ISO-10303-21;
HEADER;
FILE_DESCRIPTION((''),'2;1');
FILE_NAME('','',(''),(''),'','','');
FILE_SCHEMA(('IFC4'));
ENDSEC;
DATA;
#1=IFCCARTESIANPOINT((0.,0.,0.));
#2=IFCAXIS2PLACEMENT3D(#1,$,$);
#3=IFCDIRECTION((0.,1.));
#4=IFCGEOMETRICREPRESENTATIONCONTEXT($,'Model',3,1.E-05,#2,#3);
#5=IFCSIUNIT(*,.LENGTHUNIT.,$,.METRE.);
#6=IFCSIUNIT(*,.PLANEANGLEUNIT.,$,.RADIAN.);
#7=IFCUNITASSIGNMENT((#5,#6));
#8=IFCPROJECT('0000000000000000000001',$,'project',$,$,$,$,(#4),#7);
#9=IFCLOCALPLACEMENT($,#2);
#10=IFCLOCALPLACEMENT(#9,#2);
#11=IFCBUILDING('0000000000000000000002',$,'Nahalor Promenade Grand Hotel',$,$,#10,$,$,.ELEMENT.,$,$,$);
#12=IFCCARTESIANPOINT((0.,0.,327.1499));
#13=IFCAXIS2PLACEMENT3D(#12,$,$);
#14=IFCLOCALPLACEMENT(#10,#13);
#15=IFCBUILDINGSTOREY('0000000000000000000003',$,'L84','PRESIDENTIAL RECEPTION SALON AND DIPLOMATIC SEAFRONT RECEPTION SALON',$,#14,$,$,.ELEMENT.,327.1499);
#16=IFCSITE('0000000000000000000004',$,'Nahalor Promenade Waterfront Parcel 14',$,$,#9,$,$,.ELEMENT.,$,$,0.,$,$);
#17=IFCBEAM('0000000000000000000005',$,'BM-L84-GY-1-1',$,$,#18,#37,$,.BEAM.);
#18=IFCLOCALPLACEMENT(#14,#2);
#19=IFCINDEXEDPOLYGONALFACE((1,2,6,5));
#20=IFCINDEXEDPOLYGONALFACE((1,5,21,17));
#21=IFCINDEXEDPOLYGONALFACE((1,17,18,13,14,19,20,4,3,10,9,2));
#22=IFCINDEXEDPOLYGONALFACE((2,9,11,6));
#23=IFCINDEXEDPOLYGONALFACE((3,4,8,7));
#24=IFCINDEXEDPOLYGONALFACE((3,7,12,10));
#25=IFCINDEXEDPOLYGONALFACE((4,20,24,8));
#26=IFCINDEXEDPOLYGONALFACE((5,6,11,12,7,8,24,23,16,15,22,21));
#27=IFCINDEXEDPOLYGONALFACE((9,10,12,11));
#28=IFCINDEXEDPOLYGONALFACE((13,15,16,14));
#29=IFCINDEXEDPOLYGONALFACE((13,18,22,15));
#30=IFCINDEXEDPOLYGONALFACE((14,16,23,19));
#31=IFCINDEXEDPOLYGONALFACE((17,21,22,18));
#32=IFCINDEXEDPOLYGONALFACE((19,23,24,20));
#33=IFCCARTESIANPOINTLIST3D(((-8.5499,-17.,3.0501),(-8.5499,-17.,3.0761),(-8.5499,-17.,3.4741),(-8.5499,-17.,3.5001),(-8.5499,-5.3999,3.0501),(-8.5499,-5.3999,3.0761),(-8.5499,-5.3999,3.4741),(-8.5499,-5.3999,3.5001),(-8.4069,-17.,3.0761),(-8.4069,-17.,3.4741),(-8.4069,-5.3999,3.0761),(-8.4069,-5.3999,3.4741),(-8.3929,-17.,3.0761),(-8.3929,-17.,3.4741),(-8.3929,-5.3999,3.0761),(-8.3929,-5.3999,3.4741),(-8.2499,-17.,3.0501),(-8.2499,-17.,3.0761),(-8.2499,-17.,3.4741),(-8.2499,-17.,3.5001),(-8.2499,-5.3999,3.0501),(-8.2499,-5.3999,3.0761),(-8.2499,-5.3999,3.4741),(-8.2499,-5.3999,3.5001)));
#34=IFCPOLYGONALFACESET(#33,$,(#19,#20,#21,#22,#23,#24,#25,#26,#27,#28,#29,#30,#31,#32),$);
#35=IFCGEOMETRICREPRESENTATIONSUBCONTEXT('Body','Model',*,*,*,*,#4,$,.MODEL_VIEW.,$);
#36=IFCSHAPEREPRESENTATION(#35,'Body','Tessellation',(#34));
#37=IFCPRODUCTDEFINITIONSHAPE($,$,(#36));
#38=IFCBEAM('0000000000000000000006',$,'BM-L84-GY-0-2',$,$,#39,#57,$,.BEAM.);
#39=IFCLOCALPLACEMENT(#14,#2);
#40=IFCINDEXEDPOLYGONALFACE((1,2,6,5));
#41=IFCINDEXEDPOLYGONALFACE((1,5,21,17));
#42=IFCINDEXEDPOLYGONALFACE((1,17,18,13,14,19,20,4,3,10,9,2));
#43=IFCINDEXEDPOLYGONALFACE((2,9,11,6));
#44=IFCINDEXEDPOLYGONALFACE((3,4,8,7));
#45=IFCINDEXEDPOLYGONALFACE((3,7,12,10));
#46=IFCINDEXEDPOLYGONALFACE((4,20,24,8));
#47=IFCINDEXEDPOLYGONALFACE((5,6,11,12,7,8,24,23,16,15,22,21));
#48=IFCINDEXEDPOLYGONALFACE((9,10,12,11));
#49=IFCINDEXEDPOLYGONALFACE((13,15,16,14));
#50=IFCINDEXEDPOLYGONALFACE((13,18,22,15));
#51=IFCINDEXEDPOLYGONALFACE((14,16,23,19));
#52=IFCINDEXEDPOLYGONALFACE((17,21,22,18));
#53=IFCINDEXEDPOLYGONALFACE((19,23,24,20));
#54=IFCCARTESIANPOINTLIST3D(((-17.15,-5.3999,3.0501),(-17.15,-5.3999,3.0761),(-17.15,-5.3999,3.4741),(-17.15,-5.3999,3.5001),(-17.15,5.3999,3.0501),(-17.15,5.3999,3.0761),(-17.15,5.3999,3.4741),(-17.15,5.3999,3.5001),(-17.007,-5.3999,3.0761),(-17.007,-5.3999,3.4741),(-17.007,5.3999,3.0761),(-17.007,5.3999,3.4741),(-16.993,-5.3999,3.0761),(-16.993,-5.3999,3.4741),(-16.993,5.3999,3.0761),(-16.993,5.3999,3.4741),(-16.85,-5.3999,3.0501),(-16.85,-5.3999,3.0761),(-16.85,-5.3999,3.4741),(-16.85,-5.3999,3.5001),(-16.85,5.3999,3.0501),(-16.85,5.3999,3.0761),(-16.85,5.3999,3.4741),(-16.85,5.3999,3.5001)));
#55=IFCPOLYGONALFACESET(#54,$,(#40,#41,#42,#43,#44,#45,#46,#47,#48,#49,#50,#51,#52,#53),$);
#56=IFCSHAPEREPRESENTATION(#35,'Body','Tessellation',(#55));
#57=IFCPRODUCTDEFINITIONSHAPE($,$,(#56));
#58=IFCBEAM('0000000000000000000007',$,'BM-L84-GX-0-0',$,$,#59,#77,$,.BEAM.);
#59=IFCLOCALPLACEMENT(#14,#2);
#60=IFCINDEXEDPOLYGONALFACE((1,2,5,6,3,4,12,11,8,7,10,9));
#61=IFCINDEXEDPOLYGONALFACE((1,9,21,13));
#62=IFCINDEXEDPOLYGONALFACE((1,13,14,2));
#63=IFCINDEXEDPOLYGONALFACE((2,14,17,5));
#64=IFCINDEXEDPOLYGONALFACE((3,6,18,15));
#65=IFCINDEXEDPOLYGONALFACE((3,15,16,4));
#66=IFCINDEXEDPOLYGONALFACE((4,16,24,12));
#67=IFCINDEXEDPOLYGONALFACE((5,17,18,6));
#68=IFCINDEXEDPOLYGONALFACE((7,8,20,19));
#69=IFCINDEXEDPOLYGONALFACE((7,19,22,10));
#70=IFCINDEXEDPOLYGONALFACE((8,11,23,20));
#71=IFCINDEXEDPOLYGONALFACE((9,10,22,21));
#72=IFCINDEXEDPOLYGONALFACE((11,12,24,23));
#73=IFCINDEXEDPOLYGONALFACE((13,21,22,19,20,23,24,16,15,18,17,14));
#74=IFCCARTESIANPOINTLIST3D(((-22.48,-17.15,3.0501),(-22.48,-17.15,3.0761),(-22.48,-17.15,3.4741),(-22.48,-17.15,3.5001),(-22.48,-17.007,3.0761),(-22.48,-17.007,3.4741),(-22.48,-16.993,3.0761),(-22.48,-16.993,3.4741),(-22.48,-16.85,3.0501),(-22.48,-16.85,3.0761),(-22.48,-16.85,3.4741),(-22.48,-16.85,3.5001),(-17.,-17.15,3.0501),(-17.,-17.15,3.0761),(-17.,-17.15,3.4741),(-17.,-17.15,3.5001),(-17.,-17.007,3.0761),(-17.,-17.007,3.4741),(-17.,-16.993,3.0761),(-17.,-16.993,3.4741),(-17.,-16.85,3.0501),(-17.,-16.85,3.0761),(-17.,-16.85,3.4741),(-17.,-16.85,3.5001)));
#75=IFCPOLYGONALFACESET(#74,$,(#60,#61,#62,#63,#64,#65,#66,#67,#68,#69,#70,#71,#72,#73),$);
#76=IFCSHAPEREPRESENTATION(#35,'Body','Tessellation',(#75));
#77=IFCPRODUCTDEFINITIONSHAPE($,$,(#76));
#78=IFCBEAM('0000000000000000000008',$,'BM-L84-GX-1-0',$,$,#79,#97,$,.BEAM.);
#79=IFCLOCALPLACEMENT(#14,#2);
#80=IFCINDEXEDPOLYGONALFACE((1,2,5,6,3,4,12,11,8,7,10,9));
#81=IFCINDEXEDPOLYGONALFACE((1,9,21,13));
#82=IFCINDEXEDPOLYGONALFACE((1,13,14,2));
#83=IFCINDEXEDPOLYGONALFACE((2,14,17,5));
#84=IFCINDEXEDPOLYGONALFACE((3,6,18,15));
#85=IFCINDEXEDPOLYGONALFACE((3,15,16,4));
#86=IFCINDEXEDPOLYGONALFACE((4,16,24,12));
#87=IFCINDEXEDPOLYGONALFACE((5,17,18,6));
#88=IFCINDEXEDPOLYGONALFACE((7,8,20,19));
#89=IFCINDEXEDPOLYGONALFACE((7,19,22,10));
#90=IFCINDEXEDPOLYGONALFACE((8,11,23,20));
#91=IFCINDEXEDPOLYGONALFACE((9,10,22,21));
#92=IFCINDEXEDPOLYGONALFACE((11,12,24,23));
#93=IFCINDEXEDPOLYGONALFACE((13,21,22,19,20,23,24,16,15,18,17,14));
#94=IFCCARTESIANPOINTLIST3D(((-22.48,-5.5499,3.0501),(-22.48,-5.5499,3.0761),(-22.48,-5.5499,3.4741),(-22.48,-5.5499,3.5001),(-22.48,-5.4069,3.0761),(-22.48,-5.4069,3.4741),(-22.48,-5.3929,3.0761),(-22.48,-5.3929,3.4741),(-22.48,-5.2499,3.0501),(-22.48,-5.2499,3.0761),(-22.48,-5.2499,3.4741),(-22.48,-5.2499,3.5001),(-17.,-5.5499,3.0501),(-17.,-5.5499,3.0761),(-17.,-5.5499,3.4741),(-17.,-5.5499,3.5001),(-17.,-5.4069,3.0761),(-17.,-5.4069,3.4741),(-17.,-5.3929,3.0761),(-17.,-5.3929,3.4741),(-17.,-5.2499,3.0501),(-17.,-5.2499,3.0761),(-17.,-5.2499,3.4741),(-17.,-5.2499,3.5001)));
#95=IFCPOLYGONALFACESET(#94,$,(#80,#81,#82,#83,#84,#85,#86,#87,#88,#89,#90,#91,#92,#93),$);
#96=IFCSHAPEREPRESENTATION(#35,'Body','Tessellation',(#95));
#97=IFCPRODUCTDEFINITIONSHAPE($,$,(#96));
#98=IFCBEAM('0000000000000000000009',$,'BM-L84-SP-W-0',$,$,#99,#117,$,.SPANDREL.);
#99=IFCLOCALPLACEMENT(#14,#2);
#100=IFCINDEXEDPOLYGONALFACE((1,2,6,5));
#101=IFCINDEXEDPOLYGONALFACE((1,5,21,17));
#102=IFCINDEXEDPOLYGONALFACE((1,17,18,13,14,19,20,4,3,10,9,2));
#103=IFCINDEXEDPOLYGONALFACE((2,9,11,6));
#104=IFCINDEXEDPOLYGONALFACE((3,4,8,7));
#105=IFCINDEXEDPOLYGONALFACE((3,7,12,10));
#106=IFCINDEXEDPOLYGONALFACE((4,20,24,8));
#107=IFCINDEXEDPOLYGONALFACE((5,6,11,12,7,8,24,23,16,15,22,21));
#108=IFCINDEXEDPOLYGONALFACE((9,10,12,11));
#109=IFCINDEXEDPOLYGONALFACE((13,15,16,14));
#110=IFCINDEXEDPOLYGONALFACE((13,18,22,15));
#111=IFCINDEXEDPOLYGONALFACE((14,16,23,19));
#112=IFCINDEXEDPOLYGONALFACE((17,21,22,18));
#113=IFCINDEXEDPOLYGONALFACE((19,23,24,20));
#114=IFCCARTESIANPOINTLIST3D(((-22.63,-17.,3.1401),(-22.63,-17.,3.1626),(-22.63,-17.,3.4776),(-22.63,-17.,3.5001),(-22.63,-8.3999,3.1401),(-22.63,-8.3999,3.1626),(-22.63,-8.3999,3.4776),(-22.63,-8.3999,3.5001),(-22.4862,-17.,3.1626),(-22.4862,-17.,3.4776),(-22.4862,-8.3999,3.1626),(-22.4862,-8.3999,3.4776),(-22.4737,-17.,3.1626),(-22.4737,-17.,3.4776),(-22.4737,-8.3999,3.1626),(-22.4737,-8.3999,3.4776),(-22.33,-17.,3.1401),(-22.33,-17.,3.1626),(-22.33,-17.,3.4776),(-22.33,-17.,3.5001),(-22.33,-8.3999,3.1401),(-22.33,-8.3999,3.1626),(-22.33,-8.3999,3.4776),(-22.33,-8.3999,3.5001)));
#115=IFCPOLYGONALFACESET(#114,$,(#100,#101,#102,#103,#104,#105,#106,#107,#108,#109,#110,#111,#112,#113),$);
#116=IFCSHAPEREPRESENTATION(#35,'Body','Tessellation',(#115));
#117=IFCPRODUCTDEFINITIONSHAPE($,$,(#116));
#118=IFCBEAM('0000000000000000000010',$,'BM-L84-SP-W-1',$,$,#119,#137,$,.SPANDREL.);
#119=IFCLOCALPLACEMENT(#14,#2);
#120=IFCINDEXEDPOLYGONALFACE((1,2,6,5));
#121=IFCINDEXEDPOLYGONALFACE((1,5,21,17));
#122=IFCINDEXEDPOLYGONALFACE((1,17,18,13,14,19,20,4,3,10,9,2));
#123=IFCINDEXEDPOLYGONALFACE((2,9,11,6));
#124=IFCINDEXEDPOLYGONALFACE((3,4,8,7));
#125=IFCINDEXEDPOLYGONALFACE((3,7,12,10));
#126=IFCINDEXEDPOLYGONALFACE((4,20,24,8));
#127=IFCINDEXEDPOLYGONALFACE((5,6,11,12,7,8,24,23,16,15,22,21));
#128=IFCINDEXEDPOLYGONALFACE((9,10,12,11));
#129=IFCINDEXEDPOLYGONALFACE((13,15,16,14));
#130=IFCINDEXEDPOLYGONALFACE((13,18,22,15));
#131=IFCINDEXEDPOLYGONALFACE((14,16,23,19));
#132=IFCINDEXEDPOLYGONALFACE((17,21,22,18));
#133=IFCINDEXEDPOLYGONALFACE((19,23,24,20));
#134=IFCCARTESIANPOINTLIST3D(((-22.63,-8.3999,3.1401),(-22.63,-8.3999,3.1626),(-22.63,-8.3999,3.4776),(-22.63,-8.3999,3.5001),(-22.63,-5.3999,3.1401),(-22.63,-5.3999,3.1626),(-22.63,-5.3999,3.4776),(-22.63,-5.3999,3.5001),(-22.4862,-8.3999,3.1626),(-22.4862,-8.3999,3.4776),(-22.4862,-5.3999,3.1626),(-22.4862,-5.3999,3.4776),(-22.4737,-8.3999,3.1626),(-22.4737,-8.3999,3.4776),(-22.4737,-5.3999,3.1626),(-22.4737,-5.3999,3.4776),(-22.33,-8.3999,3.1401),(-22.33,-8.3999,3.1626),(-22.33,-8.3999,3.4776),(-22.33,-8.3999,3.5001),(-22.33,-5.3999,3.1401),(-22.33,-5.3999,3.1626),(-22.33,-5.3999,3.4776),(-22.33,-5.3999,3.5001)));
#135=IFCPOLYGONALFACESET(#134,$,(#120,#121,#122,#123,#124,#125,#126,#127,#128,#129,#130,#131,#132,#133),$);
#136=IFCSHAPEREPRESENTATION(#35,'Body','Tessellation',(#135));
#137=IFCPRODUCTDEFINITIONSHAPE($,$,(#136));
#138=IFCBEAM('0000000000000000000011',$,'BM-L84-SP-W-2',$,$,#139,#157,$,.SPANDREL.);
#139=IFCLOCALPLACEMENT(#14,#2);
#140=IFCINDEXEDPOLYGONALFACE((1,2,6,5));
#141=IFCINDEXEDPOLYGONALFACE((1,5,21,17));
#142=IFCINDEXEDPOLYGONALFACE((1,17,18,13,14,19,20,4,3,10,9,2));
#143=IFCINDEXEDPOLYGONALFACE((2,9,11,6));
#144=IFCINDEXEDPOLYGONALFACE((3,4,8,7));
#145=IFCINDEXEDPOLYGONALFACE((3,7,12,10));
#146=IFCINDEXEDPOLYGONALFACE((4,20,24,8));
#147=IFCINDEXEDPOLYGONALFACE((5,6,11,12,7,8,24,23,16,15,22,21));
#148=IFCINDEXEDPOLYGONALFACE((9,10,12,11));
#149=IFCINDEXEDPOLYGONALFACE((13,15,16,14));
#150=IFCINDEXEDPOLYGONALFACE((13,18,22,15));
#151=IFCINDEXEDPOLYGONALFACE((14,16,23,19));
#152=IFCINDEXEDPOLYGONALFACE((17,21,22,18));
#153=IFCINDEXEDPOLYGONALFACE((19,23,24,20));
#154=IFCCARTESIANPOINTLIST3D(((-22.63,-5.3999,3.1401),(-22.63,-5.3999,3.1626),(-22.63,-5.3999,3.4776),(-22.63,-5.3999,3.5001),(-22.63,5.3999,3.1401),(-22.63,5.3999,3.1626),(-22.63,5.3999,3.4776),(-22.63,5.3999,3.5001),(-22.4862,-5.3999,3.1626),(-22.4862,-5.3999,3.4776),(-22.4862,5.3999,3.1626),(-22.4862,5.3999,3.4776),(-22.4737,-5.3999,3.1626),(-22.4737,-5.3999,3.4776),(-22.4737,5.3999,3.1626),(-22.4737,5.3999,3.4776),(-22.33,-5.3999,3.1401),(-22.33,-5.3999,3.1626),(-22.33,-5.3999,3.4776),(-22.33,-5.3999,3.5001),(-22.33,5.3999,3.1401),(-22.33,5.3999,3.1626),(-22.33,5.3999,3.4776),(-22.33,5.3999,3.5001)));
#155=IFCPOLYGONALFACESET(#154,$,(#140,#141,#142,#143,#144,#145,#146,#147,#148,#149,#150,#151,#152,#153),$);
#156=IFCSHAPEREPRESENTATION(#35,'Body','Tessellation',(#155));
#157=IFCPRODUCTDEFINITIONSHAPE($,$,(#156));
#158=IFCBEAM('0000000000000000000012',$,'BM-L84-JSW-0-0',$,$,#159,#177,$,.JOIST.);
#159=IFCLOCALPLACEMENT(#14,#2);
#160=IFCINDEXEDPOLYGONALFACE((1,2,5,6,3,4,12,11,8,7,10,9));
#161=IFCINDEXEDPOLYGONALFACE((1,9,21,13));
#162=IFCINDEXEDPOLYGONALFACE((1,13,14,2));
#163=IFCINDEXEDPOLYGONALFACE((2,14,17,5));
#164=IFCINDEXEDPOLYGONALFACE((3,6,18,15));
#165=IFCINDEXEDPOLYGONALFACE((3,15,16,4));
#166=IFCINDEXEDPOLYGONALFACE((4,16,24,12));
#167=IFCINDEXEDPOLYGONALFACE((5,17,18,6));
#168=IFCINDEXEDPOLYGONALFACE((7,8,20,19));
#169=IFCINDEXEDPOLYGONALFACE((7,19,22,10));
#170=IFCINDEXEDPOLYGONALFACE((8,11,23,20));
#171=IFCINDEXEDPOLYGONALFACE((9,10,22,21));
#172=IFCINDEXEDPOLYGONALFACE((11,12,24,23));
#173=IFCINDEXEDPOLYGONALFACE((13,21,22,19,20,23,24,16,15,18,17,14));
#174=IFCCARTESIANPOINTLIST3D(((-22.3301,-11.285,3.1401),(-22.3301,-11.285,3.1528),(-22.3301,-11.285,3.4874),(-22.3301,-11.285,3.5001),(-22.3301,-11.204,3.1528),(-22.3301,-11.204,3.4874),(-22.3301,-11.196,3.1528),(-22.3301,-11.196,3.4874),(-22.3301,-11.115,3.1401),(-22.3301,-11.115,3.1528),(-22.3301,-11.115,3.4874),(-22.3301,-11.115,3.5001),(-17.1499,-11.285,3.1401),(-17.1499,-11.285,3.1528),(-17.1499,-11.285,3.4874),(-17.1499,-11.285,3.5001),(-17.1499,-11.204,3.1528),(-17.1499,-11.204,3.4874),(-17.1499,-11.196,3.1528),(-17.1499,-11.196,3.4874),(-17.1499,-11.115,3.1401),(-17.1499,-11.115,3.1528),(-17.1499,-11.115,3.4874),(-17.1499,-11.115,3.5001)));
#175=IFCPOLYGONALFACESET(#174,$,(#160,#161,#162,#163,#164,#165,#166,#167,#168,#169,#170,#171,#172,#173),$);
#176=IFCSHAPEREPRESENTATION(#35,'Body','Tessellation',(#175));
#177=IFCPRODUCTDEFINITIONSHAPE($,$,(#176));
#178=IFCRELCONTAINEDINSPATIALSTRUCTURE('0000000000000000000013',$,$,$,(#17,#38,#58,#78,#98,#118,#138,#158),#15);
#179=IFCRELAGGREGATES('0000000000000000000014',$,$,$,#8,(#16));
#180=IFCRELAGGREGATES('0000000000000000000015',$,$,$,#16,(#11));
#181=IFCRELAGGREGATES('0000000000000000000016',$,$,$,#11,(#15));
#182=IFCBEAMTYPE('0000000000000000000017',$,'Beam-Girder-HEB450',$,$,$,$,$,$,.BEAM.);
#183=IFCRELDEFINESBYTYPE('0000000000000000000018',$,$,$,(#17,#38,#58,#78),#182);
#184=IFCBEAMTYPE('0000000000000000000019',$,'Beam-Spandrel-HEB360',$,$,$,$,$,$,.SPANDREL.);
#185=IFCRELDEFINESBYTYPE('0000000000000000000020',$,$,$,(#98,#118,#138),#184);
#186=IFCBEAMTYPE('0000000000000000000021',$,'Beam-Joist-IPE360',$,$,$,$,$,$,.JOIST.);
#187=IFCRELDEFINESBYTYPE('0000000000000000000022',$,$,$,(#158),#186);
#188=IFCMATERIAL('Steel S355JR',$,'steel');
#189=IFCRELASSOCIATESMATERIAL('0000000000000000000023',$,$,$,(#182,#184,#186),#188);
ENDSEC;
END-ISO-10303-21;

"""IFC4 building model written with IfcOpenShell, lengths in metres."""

from ifc_helpers import new_model, si_unit, direction, frame, origin, origin_2d, place, context, subcontext, project, spatial, i_section, extrude, source, transform, mapped, material, material_profile, profile_set, type_object, element, save


model = new_model("IFC4")

# Units and contexts
model_context = context("Model", 3, precision=1e-05, world=origin(), true_north=direction((0.0, 1.0)))
body_context = subcontext(model_context, "Body", "Model", "MODEL_VIEW")
ifc_project = project(units=[si_unit("LENGTHUNIT", "METRE"), si_unit("PLANEANGLEUNIT", "RADIAN")], contexts=[model_context])

# Site, building, storey
site_placement = place(None, origin())
site = spatial("IfcSite", under=ifc_project, at=site_placement, Name="Nahalor Promenade Waterfront Parcel 14", CompositionType="ELEMENT", RefElevation=0.0)
building_placement = place(site_placement, origin())
building = spatial("IfcBuilding", under=site, at=building_placement, Name="Nahalor Promenade Grand Hotel", CompositionType="ELEMENT")
storey_placement = place(building_placement, frame((0.0, 0.0, 327.1499)))
storey = spatial("IfcBuildingStorey", under=building, at=storey_placement, Name="L84", Description="PRESIDENTIAL RECEPTION SALON AND DIPLOMATIC SEAFRONT RECEPTION SALON", CompositionType="ELEMENT", Elevation=327.1499)

# Shared definitions
ifc_material_1 = material(Name="Steel S355JR", Category="steel")

# Beams
ifc_material_profile_1 = material_profile(ifc_material_1, i_section(OverallWidth=0.3, OverallDepth=0.45, WebThickness=0.014, FlangeThickness=0.026, at=origin_2d()), Name="HEB 450")
ifc_profile_set_1 = profile_set([ifc_material_profile_1], Name="Steel S355JR")
beam_type_1 = type_object("IfcBeamType", Name="Beam-Girder-HEB450", PredefinedType="BEAM", material=ifc_profile_set_1)
shared_shape_1 = source(origin(), body_context, "Body", "SweptSolid", [
    extrude(i_section(OverallWidth=0.3, OverallDepth=0.45, WebThickness=0.014, FlangeThickness=0.026, at=origin_2d()), origin(), (0.0, 0.0, 1.0), 11.6001),
])
for number, where, z_axis, x_axis, name in (
    (1, (-8.3999, -17.0, 3.2751), (0.0, 1.0, 0.0), (-1.0, 0.0, 0.0), "BM-L84-GY-1-1"),
):
    element("IfcBeam", number, at=place(storey_placement, frame(where, z_axis=z_axis, x_axis=x_axis)), inside=storey, type_object=beam_type_1, Name=name, PredefinedType="BEAM", context=body_context, shape_type="MappedRepresentation", body=[
        mapped(shared_shape_1, transform((0.0, 0.0, 0.0), scale=1.0)),
    ])
shared_shape_2 = source(origin(), body_context, "Body", "SweptSolid", [
    extrude(i_section(OverallWidth=0.3, OverallDepth=0.45, WebThickness=0.014, FlangeThickness=0.026, at=origin_2d()), origin(), (0.0, 0.0, 1.0), 10.7998),
])
beam_1_placement = place(storey_placement, frame((-17.0, -5.3999, 3.2751), z_axis=(0.0, 1.0, 0.0), x_axis=(-1.0, 0.0, 0.0)))
element("IfcBeam", 2, at=beam_1_placement, inside=storey, type_object=beam_type_1, Name="BM-L84-GY-0-2", PredefinedType="BEAM", context=body_context, shape_type="MappedRepresentation", body=[
    mapped(shared_shape_2, transform((0.0, 0.0, 0.0), scale=1.0)),
])
shared_shape_3 = source(origin(), body_context, "Body", "SweptSolid", [
    extrude(i_section(OverallWidth=0.3, OverallDepth=0.45, WebThickness=0.014, FlangeThickness=0.026, at=origin_2d()), origin(), (0.0, 0.0, 1.0), 5.48),
])
for number, where, z_axis, x_axis, name in (
    (3, (-22.48, -17.0, 3.2751), (1.0, 0.0, 0.0), (0.0, 1.0, 0.0), "BM-L84-GX-0-0"),
    (4, (-22.48, -5.3999, 3.2751), (1.0, 0.0, 0.0), (0.0, 1.0, 0.0), "BM-L84-GX-1-0"),
):
    element("IfcBeam", number, at=place(storey_placement, frame(where, z_axis=z_axis, x_axis=x_axis)), inside=storey, type_object=beam_type_1, Name=name, PredefinedType="BEAM", context=body_context, shape_type="MappedRepresentation", body=[
        mapped(shared_shape_3, transform((0.0, 0.0, 0.0), scale=1.0)),
    ])
ifc_material_profile_2 = material_profile(ifc_material_1, i_section(OverallWidth=0.3, OverallDepth=0.36, WebThickness=0.0125, FlangeThickness=0.0225, at=origin_2d()), Name="HEB 360")
ifc_profile_set_2 = profile_set([ifc_material_profile_2], Name="Steel S355JR")
beam_type_2 = type_object("IfcBeamType", Name="Beam-Spandrel-HEB360", PredefinedType="SPANDREL", material=ifc_profile_set_2)
shared_shape_4 = source(origin(), body_context, "Body", "SweptSolid", [
    extrude(i_section(OverallWidth=0.3, OverallDepth=0.36, WebThickness=0.0125, FlangeThickness=0.0225, at=origin_2d()), origin(), (0.0, 0.0, 1.0), 8.6001),
])
beam_2_placement = place(storey_placement, frame((-22.48, -17.0, 3.3201), z_axis=(0.0, 1.0, 0.0), x_axis=(-1.0, 0.0, 0.0)))
element("IfcBeam", 5, at=beam_2_placement, inside=storey, type_object=beam_type_2, Name="BM-L84-SP-W-0", PredefinedType="SPANDREL", context=body_context, shape_type="MappedRepresentation", body=[
    mapped(shared_shape_4, transform((0.0, 0.0, 0.0), scale=1.0)),
])
shared_shape_5 = source(origin(), body_context, "Body", "SweptSolid", [
    extrude(i_section(OverallWidth=0.3, OverallDepth=0.36, WebThickness=0.0125, FlangeThickness=0.0225, at=origin_2d()), origin(), (0.0, 0.0, 1.0), 3.0),
])
beam_3_placement = place(storey_placement, frame((-22.48, -8.3999, 3.3201), z_axis=(0.0, 1.0, 0.0), x_axis=(-1.0, 0.0, 0.0)))
element("IfcBeam", 6, at=beam_3_placement, inside=storey, type_object=beam_type_2, Name="BM-L84-SP-W-1", PredefinedType="SPANDREL", context=body_context, shape_type="MappedRepresentation", body=[
    mapped(shared_shape_5, transform((0.0, 0.0, 0.0), scale=1.0)),
])
shared_shape_6 = source(origin(), body_context, "Body", "SweptSolid", [
    extrude(i_section(OverallWidth=0.3, OverallDepth=0.36, WebThickness=0.0125, FlangeThickness=0.0225, at=origin_2d()), origin(), (0.0, 0.0, 1.0), 10.7998),
])
beam_4_placement = place(storey_placement, frame((-22.48, -5.3999, 3.3201), z_axis=(0.0, 1.0, 0.0), x_axis=(-1.0, 0.0, 0.0)))
element("IfcBeam", 7, at=beam_4_placement, inside=storey, type_object=beam_type_2, Name="BM-L84-SP-W-2", PredefinedType="SPANDREL", context=body_context, shape_type="MappedRepresentation", body=[
    mapped(shared_shape_6, transform((0.0, 0.0, 0.0), scale=1.0)),
])
ifc_material_profile_3 = material_profile(ifc_material_1, i_section(OverallWidth=0.17, OverallDepth=0.36, WebThickness=0.008, FlangeThickness=0.0127, at=origin_2d()), Name="IPE 360")
ifc_profile_set_3 = profile_set([ifc_material_profile_3], Name="Steel S355JR")
beam_type_3 = type_object("IfcBeamType", Name="Beam-Joist-IPE360", PredefinedType="JOIST", material=ifc_profile_set_3)
shared_shape_7 = source(origin(), body_context, "Body", "SweptSolid", [
    extrude(i_section(OverallWidth=0.17, OverallDepth=0.36, WebThickness=0.008, FlangeThickness=0.0127, at=origin_2d()), origin(), (0.0, 0.0, 1.0), 5.1802),
])
beam_5_placement = place(storey_placement, frame((-22.3301, -11.2, 3.3201), z_axis=(1.0, 0.0, 0.0), x_axis=(0.0, 1.0, 0.0)))
element("IfcBeam", 8, at=beam_5_placement, inside=storey, type_object=beam_type_3, Name="BM-L84-JSW-0-0", PredefinedType="JOIST", context=body_context, shape_type="MappedRepresentation", body=[
    mapped(shared_shape_7, transform((0.0, 0.0, 0.0), scale=1.0)),
])

save(model, "model.ifc")
